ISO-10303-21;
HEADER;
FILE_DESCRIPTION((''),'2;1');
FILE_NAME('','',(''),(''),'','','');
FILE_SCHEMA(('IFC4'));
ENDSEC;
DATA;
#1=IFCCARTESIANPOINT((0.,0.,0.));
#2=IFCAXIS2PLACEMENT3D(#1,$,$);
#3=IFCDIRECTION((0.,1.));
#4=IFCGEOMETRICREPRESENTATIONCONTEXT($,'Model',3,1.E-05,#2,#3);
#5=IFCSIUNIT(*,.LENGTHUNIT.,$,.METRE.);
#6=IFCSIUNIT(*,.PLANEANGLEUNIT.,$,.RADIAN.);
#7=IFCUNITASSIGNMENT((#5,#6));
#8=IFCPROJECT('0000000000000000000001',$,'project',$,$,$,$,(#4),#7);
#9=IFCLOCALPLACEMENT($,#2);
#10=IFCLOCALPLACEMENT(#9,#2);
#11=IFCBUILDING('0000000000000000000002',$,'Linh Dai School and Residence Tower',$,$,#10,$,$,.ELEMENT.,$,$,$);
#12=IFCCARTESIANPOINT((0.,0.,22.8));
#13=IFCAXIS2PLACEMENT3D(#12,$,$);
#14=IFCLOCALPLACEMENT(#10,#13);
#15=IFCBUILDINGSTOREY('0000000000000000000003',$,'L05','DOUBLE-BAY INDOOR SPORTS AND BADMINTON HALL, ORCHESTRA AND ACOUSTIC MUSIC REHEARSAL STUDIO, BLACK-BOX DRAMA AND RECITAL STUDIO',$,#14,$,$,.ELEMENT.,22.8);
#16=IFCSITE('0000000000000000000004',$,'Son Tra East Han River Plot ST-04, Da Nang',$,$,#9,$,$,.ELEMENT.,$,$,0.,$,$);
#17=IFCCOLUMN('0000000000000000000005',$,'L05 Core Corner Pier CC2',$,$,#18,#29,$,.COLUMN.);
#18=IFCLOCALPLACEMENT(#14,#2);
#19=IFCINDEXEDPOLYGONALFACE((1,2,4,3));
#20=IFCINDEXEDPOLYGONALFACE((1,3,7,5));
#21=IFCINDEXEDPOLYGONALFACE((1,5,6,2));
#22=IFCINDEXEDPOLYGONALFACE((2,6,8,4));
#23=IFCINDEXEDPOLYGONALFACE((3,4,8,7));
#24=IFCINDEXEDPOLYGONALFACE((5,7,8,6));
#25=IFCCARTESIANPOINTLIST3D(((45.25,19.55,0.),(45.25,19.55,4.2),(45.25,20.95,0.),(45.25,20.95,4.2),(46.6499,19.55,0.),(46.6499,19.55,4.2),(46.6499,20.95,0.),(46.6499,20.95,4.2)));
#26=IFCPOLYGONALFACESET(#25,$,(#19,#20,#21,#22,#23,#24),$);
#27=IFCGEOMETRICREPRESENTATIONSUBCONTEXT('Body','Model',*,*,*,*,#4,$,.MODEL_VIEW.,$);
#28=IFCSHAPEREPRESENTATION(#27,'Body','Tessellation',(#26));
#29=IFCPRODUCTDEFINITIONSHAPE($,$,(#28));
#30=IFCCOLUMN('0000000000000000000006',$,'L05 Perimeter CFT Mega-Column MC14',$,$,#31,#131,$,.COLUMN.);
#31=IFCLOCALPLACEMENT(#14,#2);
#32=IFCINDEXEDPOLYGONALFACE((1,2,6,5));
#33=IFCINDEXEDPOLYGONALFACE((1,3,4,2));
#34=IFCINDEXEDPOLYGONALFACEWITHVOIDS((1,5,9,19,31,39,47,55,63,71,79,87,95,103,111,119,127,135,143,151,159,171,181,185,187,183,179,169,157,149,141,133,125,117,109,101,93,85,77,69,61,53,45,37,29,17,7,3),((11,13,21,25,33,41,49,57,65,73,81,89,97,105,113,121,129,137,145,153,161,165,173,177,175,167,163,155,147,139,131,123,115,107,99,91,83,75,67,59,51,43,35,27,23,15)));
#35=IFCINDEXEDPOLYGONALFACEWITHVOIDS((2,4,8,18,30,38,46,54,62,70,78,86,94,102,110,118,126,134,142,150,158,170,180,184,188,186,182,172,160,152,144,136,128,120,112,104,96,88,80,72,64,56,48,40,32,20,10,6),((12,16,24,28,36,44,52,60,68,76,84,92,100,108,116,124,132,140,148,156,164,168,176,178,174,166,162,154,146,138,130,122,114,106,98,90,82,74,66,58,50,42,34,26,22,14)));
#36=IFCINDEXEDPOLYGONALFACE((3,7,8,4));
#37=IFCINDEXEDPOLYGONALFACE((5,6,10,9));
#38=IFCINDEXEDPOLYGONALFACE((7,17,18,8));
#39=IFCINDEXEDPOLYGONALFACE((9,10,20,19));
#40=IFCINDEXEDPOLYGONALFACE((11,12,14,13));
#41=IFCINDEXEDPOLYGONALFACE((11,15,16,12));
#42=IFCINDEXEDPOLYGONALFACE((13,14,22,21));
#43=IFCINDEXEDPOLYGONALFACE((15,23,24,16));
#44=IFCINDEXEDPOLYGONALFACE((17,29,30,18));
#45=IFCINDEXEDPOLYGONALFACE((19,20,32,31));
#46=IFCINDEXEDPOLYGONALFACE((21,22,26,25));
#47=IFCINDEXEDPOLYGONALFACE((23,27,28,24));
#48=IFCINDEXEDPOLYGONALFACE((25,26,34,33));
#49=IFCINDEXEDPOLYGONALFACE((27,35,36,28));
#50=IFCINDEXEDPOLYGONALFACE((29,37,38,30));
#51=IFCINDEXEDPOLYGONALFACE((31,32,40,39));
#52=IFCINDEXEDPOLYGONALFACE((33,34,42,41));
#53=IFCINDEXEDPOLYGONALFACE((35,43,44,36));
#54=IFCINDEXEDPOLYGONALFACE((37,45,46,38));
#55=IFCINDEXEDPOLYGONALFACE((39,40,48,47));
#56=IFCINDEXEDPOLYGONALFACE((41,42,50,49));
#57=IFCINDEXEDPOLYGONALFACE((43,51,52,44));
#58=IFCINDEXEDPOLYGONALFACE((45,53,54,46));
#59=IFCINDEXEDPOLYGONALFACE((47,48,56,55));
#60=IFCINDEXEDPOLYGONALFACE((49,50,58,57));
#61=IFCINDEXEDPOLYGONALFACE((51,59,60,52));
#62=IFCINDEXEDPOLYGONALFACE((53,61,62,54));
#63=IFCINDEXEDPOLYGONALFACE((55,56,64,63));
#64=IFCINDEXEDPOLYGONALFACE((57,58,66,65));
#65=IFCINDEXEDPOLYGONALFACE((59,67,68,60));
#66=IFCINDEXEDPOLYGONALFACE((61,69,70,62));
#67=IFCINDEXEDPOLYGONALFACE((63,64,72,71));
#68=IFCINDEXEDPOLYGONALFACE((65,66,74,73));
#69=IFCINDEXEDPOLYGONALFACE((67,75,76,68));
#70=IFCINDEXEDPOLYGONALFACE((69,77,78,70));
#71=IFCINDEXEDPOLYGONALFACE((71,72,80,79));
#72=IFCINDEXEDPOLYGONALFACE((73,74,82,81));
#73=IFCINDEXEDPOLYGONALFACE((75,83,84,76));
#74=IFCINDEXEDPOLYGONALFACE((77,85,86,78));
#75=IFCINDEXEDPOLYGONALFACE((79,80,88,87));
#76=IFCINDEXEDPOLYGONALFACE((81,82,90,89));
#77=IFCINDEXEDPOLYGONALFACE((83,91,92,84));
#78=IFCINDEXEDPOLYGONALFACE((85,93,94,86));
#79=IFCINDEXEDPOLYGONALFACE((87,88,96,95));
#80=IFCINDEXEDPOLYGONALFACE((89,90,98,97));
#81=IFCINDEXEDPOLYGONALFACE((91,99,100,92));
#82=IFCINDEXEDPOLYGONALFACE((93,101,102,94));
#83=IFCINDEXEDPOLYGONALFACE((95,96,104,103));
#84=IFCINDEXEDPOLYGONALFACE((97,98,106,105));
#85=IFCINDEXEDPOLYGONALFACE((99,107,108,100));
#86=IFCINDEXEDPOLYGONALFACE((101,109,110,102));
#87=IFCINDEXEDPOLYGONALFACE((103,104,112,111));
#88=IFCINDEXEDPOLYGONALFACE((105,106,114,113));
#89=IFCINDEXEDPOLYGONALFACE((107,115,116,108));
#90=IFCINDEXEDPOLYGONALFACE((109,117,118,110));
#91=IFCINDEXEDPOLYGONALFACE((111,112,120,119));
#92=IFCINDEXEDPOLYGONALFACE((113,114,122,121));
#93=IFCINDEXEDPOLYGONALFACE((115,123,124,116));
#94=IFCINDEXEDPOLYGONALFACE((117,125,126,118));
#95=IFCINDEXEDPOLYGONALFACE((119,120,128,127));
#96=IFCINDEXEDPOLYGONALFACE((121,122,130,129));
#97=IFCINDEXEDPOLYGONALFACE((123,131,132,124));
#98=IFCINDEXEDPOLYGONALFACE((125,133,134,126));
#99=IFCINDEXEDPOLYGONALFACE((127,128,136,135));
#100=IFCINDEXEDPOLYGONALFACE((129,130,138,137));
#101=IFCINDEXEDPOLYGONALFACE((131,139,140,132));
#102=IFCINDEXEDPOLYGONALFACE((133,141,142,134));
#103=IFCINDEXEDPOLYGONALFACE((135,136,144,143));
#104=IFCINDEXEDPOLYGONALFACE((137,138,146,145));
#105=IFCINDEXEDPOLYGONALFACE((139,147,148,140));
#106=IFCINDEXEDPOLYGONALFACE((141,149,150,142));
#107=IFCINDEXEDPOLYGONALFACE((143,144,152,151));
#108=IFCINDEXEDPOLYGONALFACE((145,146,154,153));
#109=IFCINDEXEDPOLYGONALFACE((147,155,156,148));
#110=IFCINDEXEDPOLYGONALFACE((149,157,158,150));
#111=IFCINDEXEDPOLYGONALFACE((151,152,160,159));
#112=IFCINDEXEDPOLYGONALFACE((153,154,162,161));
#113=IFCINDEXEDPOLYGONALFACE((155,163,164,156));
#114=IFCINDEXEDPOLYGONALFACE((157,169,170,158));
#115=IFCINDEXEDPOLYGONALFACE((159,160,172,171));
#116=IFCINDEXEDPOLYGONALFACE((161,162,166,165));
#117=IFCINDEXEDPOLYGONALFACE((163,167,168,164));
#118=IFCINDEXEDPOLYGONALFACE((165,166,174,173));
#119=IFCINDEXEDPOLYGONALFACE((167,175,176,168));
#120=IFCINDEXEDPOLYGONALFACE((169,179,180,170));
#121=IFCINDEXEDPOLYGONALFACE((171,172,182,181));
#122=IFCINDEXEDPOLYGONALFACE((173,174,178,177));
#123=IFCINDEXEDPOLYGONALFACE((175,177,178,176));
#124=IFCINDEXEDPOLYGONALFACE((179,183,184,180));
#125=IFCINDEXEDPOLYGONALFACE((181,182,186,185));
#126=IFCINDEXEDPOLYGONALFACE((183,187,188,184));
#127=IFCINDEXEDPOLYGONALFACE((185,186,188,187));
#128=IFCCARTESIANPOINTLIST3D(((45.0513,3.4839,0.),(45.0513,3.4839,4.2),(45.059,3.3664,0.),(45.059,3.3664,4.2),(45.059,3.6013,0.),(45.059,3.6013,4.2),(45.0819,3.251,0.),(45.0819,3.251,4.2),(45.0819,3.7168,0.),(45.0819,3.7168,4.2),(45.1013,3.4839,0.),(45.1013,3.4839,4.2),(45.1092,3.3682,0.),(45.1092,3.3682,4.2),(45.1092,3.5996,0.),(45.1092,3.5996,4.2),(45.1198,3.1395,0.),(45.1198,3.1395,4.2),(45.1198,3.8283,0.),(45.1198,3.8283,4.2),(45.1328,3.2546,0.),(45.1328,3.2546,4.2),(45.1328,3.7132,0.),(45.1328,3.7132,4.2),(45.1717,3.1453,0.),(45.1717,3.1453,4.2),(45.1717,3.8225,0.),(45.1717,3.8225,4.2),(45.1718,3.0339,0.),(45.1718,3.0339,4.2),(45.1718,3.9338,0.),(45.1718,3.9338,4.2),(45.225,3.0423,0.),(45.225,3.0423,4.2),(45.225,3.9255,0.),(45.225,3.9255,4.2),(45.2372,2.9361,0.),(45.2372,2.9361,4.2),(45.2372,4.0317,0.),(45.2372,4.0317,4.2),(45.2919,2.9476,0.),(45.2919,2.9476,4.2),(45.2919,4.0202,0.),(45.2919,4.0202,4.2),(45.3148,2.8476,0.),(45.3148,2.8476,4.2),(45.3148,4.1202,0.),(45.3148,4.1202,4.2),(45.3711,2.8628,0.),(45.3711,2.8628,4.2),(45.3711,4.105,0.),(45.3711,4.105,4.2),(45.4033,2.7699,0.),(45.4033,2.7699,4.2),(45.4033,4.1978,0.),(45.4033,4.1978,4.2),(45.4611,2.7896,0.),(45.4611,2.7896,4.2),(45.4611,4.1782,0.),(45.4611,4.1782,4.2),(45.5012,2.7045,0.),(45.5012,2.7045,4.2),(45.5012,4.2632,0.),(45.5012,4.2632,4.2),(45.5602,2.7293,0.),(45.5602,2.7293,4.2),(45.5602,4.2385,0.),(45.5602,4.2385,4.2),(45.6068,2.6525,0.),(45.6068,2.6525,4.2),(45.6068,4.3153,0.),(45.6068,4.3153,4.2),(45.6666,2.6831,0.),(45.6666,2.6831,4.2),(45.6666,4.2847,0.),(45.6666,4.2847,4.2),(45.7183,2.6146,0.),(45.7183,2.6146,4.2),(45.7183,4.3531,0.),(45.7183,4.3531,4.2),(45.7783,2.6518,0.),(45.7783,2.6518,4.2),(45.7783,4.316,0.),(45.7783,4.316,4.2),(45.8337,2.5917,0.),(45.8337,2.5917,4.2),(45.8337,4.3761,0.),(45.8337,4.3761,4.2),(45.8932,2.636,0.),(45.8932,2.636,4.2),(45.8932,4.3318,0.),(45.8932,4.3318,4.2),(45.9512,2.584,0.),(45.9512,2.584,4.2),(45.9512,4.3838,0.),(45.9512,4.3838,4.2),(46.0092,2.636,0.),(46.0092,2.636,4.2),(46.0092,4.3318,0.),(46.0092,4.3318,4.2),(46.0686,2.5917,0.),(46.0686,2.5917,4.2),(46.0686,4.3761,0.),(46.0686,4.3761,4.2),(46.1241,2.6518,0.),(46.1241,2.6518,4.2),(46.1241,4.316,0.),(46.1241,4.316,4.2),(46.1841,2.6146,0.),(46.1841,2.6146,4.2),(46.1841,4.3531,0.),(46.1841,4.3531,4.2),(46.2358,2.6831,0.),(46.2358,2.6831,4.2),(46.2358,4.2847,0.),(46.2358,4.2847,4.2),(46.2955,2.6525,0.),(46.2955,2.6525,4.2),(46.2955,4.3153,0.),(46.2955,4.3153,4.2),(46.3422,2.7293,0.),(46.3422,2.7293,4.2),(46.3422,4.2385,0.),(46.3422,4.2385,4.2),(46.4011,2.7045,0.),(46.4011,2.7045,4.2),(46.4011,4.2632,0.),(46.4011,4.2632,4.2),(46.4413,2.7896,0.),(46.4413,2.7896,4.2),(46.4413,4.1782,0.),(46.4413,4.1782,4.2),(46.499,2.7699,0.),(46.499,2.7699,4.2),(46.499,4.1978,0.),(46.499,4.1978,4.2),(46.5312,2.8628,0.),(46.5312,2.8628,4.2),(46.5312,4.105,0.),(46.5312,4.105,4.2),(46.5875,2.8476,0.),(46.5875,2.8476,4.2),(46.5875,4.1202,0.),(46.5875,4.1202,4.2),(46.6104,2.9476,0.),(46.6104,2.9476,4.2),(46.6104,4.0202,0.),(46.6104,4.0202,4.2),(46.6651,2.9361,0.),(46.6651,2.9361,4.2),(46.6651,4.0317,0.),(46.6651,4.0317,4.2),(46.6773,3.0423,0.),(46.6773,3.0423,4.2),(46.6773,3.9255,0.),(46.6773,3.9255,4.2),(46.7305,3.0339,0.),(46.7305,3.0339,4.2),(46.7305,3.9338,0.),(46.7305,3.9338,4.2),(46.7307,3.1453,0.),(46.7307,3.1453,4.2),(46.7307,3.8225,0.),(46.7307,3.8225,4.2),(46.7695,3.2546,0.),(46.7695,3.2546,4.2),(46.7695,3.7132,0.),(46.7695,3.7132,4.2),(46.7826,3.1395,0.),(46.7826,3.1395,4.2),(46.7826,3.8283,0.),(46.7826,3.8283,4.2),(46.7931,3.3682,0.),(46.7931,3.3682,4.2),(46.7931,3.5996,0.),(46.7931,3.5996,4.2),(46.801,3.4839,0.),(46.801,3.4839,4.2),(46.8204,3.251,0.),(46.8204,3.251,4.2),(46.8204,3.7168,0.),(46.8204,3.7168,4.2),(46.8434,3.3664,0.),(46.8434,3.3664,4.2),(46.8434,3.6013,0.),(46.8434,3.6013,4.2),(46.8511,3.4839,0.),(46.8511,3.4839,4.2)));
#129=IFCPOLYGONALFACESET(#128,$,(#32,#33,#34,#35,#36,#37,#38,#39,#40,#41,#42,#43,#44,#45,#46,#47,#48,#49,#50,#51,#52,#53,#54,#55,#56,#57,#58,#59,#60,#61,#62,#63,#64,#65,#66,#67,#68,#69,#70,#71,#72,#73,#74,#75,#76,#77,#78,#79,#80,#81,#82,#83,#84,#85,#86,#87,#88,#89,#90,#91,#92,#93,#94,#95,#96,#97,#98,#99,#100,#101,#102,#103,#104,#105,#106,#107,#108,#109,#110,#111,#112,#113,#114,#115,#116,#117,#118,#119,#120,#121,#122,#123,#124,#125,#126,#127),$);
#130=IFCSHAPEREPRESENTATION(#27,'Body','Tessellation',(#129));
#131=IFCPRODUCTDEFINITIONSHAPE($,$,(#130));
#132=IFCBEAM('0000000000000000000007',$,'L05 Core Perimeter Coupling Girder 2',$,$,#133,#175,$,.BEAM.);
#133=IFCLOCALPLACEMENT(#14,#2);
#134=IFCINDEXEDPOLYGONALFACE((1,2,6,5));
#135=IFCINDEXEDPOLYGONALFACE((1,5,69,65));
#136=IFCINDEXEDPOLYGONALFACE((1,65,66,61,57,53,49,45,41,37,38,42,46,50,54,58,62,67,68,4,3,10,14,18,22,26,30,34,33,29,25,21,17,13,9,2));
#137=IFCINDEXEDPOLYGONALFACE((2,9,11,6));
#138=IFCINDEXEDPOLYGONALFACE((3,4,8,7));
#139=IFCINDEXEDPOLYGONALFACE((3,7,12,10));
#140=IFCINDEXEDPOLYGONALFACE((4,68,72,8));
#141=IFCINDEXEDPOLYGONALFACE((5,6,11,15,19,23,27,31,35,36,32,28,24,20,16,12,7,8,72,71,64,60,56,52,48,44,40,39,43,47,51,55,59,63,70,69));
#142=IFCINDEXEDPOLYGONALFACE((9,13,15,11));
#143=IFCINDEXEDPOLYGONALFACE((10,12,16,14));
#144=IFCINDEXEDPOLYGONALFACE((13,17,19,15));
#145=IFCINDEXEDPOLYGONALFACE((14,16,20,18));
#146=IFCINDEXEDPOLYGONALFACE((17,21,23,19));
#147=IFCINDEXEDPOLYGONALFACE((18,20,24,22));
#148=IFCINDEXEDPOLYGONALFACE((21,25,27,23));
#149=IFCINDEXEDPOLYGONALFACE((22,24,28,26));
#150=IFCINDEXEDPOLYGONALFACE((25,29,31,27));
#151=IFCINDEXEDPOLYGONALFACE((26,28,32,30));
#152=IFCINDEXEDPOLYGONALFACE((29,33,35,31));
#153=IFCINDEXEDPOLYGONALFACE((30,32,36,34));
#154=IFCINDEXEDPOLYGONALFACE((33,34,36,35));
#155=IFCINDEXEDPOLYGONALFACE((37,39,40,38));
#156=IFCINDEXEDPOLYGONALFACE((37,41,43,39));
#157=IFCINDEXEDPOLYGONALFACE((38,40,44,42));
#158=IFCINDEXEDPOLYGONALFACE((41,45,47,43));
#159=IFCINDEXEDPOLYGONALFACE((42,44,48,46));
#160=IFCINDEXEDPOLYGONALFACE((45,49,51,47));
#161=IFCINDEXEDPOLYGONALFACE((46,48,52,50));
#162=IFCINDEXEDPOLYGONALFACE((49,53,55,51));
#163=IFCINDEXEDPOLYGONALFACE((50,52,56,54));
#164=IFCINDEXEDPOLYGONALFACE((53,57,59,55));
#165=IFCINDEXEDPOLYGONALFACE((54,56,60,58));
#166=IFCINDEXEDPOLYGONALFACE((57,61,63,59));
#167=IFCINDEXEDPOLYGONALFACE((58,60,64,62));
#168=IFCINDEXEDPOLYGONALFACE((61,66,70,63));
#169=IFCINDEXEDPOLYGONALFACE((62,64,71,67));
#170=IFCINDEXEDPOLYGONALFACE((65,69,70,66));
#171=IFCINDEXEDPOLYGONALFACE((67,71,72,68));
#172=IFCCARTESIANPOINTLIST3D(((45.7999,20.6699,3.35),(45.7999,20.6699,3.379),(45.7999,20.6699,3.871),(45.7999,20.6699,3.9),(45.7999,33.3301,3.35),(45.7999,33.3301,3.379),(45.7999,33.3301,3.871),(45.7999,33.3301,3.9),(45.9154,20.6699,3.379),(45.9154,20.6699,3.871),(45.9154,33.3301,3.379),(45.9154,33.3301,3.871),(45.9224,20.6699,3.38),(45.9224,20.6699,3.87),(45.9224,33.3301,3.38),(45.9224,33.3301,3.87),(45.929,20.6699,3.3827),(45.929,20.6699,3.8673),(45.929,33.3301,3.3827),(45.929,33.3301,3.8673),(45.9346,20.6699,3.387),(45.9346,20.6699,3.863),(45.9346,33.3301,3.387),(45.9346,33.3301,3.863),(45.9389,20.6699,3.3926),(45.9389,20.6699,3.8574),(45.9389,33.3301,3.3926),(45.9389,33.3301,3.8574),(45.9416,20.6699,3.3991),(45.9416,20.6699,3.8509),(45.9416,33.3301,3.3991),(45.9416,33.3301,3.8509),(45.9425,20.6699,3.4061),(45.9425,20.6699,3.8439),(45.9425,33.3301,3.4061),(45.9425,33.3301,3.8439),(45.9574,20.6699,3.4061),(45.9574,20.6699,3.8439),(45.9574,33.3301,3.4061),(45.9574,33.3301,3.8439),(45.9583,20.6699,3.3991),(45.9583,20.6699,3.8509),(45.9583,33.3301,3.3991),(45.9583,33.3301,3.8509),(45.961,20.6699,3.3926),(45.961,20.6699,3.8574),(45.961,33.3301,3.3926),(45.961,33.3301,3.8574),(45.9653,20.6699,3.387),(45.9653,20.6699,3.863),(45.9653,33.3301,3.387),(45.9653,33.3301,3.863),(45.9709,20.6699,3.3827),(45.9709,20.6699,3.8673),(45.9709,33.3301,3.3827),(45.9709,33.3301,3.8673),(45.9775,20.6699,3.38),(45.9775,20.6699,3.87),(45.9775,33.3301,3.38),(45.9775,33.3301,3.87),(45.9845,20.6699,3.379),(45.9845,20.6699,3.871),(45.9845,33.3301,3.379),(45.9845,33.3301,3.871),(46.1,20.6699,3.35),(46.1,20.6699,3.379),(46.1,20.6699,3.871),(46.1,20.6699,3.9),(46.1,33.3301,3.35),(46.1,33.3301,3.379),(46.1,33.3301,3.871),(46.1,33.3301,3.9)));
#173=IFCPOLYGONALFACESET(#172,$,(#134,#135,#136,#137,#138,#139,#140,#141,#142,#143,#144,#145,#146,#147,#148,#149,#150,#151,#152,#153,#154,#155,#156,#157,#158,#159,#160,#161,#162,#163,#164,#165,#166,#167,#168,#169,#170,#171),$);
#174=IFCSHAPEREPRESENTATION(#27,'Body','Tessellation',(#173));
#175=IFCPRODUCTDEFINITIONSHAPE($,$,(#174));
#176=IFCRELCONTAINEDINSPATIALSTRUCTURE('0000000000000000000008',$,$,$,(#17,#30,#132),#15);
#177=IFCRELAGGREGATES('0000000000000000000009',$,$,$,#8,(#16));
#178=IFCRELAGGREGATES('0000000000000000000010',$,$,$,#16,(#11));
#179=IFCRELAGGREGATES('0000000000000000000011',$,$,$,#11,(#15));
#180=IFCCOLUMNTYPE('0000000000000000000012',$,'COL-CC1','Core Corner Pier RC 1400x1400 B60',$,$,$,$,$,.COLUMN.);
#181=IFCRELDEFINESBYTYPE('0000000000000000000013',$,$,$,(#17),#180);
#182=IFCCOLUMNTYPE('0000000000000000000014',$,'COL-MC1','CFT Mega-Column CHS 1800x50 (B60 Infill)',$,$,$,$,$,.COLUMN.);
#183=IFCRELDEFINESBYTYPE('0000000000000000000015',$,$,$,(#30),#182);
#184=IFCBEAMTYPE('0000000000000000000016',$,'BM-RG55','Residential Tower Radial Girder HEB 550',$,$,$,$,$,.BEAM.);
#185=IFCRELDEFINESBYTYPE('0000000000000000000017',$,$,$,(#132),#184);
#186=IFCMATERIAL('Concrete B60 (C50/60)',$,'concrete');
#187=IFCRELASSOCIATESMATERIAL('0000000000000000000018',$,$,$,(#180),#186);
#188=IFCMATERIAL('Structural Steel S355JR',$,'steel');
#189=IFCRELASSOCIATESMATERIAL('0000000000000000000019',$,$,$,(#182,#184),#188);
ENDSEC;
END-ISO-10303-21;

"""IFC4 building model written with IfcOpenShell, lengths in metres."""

from ifc_helpers import new_model, si_unit, direction, frame, origin, origin_2d, place, context, subcontext, project, spatial, rectangle, hollow_circle, i_section, extrude, material, material_profile, profile_set, type_object, element, save


model = new_model("IFC4")

# Units and contexts
model_context = context("Model", 3, precision=1e-05, world=origin(), true_north=direction((0.0, 1.0)))
body_context = subcontext(model_context, "Body", "Model", "MODEL_VIEW")
ifc_project = project(units=[si_unit("LENGTHUNIT", "METRE"), si_unit("PLANEANGLEUNIT", "RADIAN")], contexts=[model_context])

# Site, building, storey
site_placement = place(None, origin())
site = spatial("IfcSite", under=ifc_project, at=site_placement, Name="Son Tra East Han River Plot ST-04, Da Nang", CompositionType="ELEMENT", RefElevation=0.0)
building_placement = place(site_placement, origin())
building = spatial("IfcBuilding", under=site, at=building_placement, Name="Linh Dai School and Residence Tower", CompositionType="ELEMENT")
storey_placement = place(building_placement, frame((0.0, 0.0, 22.8)))
storey = spatial("IfcBuildingStorey", under=building, at=storey_placement, Name="L05", Description="DOUBLE-BAY INDOOR SPORTS AND BADMINTON HALL, ORCHESTRA AND ACOUSTIC MUSIC REHEARSAL STUDIO, BLACK-BOX DRAMA AND RECITAL STUDIO", CompositionType="ELEMENT", Elevation=22.8)

# Columns
ifc_material_1 = material(Name="Concrete B60 (C50/60)", Category="concrete")
ifc_material_profile_1 = material_profile(ifc_material_1, rectangle(XDim=1.3999, YDim=1.3999, at=origin_2d()), Name="RC 1400x1400")
ifc_profile_set_1 = profile_set([ifc_material_profile_1], Name="Concrete B60 (C50/60)")
column_type_1 = type_object("IfcColumnType", Name="COL-CC1", Description="Core Corner Pier RC 1400x1400 B60", PredefinedType="COLUMN", material=ifc_profile_set_1)
column_1_placement = place(storey_placement, frame((45.95, 20.25, 0.0), z_axis=(0.0, 0.0, 1.0), x_axis=(1.0, 0.0, 0.0)))
element("IfcColumn", 1, at=column_1_placement, inside=storey, type_object=column_type_1, Name="L05 Core Corner Pier CC2", PredefinedType="COLUMN", context=body_context, shape_type="SweptSolid", body=[
    extrude(rectangle(XDim=1.3999, YDim=1.3999, at=origin_2d()), origin(), (0.0, 0.0, 1.0), 4.2),
])
ifc_material_2 = material(Name="Structural Steel S355JR", Category="steel")
ifc_material_profile_2 = material_profile(ifc_material_2, hollow_circle(Radius=0.8999, WallThickness=0.05, at=origin_2d()), Name="CHS 1800x50")
ifc_profile_set_2 = profile_set([ifc_material_profile_2], Name="Structural Steel S355JR")
column_type_2 = type_object("IfcColumnType", Name="COL-MC1", Description="CFT Mega-Column CHS 1800x50 (B60 Infill)", PredefinedType="COLUMN", material=ifc_profile_set_2)
column_2_placement = place(storey_placement, frame((45.9512, 3.4839, 0.0), z_axis=(0.0, 0.0, 1.0), x_axis=(1.0, 0.0, 0.0)))
element("IfcColumn", 2, at=column_2_placement, inside=storey, type_object=column_type_2, Name="L05 Perimeter CFT Mega-Column MC14", PredefinedType="COLUMN", context=body_context, shape_type="SweptSolid", body=[
    extrude(hollow_circle(Radius=0.8999, WallThickness=0.05, at=origin_2d()), origin(), (0.0, 0.0, 1.0), 4.2),
])

# Beam
ifc_material_profile_3 = material_profile(ifc_material_2, i_section(OverallWidth=0.3, OverallDepth=0.55, WebThickness=0.0149, FlangeThickness=0.0291, FilletRadius=0.0271, at=origin_2d()), Name="HEB 550")
ifc_profile_set_3 = profile_set([ifc_material_profile_3], Name="Structural Steel S355JR")
beam_type_1 = type_object("IfcBeamType", Name="BM-RG55", Description="Residential Tower Radial Girder HEB 550", PredefinedType="BEAM", material=ifc_profile_set_3)
beam_1_placement = place(storey_placement, frame((45.95, 20.6699, 3.625), z_axis=(0.0, 1.0, 0.0), x_axis=(-1.0, 0.0, 0.0)))
element("IfcBeam", 3, at=beam_1_placement, inside=storey, type_object=beam_type_1, Name="L05 Core Perimeter Coupling Girder 2", PredefinedType="BEAM", context=body_context, shape_type="SweptSolid", body=[
    extrude(i_section(OverallWidth=0.3, OverallDepth=0.55, WebThickness=0.0149, FlangeThickness=0.0291, FilletRadius=0.0271, at=origin_2d()), origin(), (0.0, 0.0, 1.0), 12.6602),
])

save(model, "model.ifc")
